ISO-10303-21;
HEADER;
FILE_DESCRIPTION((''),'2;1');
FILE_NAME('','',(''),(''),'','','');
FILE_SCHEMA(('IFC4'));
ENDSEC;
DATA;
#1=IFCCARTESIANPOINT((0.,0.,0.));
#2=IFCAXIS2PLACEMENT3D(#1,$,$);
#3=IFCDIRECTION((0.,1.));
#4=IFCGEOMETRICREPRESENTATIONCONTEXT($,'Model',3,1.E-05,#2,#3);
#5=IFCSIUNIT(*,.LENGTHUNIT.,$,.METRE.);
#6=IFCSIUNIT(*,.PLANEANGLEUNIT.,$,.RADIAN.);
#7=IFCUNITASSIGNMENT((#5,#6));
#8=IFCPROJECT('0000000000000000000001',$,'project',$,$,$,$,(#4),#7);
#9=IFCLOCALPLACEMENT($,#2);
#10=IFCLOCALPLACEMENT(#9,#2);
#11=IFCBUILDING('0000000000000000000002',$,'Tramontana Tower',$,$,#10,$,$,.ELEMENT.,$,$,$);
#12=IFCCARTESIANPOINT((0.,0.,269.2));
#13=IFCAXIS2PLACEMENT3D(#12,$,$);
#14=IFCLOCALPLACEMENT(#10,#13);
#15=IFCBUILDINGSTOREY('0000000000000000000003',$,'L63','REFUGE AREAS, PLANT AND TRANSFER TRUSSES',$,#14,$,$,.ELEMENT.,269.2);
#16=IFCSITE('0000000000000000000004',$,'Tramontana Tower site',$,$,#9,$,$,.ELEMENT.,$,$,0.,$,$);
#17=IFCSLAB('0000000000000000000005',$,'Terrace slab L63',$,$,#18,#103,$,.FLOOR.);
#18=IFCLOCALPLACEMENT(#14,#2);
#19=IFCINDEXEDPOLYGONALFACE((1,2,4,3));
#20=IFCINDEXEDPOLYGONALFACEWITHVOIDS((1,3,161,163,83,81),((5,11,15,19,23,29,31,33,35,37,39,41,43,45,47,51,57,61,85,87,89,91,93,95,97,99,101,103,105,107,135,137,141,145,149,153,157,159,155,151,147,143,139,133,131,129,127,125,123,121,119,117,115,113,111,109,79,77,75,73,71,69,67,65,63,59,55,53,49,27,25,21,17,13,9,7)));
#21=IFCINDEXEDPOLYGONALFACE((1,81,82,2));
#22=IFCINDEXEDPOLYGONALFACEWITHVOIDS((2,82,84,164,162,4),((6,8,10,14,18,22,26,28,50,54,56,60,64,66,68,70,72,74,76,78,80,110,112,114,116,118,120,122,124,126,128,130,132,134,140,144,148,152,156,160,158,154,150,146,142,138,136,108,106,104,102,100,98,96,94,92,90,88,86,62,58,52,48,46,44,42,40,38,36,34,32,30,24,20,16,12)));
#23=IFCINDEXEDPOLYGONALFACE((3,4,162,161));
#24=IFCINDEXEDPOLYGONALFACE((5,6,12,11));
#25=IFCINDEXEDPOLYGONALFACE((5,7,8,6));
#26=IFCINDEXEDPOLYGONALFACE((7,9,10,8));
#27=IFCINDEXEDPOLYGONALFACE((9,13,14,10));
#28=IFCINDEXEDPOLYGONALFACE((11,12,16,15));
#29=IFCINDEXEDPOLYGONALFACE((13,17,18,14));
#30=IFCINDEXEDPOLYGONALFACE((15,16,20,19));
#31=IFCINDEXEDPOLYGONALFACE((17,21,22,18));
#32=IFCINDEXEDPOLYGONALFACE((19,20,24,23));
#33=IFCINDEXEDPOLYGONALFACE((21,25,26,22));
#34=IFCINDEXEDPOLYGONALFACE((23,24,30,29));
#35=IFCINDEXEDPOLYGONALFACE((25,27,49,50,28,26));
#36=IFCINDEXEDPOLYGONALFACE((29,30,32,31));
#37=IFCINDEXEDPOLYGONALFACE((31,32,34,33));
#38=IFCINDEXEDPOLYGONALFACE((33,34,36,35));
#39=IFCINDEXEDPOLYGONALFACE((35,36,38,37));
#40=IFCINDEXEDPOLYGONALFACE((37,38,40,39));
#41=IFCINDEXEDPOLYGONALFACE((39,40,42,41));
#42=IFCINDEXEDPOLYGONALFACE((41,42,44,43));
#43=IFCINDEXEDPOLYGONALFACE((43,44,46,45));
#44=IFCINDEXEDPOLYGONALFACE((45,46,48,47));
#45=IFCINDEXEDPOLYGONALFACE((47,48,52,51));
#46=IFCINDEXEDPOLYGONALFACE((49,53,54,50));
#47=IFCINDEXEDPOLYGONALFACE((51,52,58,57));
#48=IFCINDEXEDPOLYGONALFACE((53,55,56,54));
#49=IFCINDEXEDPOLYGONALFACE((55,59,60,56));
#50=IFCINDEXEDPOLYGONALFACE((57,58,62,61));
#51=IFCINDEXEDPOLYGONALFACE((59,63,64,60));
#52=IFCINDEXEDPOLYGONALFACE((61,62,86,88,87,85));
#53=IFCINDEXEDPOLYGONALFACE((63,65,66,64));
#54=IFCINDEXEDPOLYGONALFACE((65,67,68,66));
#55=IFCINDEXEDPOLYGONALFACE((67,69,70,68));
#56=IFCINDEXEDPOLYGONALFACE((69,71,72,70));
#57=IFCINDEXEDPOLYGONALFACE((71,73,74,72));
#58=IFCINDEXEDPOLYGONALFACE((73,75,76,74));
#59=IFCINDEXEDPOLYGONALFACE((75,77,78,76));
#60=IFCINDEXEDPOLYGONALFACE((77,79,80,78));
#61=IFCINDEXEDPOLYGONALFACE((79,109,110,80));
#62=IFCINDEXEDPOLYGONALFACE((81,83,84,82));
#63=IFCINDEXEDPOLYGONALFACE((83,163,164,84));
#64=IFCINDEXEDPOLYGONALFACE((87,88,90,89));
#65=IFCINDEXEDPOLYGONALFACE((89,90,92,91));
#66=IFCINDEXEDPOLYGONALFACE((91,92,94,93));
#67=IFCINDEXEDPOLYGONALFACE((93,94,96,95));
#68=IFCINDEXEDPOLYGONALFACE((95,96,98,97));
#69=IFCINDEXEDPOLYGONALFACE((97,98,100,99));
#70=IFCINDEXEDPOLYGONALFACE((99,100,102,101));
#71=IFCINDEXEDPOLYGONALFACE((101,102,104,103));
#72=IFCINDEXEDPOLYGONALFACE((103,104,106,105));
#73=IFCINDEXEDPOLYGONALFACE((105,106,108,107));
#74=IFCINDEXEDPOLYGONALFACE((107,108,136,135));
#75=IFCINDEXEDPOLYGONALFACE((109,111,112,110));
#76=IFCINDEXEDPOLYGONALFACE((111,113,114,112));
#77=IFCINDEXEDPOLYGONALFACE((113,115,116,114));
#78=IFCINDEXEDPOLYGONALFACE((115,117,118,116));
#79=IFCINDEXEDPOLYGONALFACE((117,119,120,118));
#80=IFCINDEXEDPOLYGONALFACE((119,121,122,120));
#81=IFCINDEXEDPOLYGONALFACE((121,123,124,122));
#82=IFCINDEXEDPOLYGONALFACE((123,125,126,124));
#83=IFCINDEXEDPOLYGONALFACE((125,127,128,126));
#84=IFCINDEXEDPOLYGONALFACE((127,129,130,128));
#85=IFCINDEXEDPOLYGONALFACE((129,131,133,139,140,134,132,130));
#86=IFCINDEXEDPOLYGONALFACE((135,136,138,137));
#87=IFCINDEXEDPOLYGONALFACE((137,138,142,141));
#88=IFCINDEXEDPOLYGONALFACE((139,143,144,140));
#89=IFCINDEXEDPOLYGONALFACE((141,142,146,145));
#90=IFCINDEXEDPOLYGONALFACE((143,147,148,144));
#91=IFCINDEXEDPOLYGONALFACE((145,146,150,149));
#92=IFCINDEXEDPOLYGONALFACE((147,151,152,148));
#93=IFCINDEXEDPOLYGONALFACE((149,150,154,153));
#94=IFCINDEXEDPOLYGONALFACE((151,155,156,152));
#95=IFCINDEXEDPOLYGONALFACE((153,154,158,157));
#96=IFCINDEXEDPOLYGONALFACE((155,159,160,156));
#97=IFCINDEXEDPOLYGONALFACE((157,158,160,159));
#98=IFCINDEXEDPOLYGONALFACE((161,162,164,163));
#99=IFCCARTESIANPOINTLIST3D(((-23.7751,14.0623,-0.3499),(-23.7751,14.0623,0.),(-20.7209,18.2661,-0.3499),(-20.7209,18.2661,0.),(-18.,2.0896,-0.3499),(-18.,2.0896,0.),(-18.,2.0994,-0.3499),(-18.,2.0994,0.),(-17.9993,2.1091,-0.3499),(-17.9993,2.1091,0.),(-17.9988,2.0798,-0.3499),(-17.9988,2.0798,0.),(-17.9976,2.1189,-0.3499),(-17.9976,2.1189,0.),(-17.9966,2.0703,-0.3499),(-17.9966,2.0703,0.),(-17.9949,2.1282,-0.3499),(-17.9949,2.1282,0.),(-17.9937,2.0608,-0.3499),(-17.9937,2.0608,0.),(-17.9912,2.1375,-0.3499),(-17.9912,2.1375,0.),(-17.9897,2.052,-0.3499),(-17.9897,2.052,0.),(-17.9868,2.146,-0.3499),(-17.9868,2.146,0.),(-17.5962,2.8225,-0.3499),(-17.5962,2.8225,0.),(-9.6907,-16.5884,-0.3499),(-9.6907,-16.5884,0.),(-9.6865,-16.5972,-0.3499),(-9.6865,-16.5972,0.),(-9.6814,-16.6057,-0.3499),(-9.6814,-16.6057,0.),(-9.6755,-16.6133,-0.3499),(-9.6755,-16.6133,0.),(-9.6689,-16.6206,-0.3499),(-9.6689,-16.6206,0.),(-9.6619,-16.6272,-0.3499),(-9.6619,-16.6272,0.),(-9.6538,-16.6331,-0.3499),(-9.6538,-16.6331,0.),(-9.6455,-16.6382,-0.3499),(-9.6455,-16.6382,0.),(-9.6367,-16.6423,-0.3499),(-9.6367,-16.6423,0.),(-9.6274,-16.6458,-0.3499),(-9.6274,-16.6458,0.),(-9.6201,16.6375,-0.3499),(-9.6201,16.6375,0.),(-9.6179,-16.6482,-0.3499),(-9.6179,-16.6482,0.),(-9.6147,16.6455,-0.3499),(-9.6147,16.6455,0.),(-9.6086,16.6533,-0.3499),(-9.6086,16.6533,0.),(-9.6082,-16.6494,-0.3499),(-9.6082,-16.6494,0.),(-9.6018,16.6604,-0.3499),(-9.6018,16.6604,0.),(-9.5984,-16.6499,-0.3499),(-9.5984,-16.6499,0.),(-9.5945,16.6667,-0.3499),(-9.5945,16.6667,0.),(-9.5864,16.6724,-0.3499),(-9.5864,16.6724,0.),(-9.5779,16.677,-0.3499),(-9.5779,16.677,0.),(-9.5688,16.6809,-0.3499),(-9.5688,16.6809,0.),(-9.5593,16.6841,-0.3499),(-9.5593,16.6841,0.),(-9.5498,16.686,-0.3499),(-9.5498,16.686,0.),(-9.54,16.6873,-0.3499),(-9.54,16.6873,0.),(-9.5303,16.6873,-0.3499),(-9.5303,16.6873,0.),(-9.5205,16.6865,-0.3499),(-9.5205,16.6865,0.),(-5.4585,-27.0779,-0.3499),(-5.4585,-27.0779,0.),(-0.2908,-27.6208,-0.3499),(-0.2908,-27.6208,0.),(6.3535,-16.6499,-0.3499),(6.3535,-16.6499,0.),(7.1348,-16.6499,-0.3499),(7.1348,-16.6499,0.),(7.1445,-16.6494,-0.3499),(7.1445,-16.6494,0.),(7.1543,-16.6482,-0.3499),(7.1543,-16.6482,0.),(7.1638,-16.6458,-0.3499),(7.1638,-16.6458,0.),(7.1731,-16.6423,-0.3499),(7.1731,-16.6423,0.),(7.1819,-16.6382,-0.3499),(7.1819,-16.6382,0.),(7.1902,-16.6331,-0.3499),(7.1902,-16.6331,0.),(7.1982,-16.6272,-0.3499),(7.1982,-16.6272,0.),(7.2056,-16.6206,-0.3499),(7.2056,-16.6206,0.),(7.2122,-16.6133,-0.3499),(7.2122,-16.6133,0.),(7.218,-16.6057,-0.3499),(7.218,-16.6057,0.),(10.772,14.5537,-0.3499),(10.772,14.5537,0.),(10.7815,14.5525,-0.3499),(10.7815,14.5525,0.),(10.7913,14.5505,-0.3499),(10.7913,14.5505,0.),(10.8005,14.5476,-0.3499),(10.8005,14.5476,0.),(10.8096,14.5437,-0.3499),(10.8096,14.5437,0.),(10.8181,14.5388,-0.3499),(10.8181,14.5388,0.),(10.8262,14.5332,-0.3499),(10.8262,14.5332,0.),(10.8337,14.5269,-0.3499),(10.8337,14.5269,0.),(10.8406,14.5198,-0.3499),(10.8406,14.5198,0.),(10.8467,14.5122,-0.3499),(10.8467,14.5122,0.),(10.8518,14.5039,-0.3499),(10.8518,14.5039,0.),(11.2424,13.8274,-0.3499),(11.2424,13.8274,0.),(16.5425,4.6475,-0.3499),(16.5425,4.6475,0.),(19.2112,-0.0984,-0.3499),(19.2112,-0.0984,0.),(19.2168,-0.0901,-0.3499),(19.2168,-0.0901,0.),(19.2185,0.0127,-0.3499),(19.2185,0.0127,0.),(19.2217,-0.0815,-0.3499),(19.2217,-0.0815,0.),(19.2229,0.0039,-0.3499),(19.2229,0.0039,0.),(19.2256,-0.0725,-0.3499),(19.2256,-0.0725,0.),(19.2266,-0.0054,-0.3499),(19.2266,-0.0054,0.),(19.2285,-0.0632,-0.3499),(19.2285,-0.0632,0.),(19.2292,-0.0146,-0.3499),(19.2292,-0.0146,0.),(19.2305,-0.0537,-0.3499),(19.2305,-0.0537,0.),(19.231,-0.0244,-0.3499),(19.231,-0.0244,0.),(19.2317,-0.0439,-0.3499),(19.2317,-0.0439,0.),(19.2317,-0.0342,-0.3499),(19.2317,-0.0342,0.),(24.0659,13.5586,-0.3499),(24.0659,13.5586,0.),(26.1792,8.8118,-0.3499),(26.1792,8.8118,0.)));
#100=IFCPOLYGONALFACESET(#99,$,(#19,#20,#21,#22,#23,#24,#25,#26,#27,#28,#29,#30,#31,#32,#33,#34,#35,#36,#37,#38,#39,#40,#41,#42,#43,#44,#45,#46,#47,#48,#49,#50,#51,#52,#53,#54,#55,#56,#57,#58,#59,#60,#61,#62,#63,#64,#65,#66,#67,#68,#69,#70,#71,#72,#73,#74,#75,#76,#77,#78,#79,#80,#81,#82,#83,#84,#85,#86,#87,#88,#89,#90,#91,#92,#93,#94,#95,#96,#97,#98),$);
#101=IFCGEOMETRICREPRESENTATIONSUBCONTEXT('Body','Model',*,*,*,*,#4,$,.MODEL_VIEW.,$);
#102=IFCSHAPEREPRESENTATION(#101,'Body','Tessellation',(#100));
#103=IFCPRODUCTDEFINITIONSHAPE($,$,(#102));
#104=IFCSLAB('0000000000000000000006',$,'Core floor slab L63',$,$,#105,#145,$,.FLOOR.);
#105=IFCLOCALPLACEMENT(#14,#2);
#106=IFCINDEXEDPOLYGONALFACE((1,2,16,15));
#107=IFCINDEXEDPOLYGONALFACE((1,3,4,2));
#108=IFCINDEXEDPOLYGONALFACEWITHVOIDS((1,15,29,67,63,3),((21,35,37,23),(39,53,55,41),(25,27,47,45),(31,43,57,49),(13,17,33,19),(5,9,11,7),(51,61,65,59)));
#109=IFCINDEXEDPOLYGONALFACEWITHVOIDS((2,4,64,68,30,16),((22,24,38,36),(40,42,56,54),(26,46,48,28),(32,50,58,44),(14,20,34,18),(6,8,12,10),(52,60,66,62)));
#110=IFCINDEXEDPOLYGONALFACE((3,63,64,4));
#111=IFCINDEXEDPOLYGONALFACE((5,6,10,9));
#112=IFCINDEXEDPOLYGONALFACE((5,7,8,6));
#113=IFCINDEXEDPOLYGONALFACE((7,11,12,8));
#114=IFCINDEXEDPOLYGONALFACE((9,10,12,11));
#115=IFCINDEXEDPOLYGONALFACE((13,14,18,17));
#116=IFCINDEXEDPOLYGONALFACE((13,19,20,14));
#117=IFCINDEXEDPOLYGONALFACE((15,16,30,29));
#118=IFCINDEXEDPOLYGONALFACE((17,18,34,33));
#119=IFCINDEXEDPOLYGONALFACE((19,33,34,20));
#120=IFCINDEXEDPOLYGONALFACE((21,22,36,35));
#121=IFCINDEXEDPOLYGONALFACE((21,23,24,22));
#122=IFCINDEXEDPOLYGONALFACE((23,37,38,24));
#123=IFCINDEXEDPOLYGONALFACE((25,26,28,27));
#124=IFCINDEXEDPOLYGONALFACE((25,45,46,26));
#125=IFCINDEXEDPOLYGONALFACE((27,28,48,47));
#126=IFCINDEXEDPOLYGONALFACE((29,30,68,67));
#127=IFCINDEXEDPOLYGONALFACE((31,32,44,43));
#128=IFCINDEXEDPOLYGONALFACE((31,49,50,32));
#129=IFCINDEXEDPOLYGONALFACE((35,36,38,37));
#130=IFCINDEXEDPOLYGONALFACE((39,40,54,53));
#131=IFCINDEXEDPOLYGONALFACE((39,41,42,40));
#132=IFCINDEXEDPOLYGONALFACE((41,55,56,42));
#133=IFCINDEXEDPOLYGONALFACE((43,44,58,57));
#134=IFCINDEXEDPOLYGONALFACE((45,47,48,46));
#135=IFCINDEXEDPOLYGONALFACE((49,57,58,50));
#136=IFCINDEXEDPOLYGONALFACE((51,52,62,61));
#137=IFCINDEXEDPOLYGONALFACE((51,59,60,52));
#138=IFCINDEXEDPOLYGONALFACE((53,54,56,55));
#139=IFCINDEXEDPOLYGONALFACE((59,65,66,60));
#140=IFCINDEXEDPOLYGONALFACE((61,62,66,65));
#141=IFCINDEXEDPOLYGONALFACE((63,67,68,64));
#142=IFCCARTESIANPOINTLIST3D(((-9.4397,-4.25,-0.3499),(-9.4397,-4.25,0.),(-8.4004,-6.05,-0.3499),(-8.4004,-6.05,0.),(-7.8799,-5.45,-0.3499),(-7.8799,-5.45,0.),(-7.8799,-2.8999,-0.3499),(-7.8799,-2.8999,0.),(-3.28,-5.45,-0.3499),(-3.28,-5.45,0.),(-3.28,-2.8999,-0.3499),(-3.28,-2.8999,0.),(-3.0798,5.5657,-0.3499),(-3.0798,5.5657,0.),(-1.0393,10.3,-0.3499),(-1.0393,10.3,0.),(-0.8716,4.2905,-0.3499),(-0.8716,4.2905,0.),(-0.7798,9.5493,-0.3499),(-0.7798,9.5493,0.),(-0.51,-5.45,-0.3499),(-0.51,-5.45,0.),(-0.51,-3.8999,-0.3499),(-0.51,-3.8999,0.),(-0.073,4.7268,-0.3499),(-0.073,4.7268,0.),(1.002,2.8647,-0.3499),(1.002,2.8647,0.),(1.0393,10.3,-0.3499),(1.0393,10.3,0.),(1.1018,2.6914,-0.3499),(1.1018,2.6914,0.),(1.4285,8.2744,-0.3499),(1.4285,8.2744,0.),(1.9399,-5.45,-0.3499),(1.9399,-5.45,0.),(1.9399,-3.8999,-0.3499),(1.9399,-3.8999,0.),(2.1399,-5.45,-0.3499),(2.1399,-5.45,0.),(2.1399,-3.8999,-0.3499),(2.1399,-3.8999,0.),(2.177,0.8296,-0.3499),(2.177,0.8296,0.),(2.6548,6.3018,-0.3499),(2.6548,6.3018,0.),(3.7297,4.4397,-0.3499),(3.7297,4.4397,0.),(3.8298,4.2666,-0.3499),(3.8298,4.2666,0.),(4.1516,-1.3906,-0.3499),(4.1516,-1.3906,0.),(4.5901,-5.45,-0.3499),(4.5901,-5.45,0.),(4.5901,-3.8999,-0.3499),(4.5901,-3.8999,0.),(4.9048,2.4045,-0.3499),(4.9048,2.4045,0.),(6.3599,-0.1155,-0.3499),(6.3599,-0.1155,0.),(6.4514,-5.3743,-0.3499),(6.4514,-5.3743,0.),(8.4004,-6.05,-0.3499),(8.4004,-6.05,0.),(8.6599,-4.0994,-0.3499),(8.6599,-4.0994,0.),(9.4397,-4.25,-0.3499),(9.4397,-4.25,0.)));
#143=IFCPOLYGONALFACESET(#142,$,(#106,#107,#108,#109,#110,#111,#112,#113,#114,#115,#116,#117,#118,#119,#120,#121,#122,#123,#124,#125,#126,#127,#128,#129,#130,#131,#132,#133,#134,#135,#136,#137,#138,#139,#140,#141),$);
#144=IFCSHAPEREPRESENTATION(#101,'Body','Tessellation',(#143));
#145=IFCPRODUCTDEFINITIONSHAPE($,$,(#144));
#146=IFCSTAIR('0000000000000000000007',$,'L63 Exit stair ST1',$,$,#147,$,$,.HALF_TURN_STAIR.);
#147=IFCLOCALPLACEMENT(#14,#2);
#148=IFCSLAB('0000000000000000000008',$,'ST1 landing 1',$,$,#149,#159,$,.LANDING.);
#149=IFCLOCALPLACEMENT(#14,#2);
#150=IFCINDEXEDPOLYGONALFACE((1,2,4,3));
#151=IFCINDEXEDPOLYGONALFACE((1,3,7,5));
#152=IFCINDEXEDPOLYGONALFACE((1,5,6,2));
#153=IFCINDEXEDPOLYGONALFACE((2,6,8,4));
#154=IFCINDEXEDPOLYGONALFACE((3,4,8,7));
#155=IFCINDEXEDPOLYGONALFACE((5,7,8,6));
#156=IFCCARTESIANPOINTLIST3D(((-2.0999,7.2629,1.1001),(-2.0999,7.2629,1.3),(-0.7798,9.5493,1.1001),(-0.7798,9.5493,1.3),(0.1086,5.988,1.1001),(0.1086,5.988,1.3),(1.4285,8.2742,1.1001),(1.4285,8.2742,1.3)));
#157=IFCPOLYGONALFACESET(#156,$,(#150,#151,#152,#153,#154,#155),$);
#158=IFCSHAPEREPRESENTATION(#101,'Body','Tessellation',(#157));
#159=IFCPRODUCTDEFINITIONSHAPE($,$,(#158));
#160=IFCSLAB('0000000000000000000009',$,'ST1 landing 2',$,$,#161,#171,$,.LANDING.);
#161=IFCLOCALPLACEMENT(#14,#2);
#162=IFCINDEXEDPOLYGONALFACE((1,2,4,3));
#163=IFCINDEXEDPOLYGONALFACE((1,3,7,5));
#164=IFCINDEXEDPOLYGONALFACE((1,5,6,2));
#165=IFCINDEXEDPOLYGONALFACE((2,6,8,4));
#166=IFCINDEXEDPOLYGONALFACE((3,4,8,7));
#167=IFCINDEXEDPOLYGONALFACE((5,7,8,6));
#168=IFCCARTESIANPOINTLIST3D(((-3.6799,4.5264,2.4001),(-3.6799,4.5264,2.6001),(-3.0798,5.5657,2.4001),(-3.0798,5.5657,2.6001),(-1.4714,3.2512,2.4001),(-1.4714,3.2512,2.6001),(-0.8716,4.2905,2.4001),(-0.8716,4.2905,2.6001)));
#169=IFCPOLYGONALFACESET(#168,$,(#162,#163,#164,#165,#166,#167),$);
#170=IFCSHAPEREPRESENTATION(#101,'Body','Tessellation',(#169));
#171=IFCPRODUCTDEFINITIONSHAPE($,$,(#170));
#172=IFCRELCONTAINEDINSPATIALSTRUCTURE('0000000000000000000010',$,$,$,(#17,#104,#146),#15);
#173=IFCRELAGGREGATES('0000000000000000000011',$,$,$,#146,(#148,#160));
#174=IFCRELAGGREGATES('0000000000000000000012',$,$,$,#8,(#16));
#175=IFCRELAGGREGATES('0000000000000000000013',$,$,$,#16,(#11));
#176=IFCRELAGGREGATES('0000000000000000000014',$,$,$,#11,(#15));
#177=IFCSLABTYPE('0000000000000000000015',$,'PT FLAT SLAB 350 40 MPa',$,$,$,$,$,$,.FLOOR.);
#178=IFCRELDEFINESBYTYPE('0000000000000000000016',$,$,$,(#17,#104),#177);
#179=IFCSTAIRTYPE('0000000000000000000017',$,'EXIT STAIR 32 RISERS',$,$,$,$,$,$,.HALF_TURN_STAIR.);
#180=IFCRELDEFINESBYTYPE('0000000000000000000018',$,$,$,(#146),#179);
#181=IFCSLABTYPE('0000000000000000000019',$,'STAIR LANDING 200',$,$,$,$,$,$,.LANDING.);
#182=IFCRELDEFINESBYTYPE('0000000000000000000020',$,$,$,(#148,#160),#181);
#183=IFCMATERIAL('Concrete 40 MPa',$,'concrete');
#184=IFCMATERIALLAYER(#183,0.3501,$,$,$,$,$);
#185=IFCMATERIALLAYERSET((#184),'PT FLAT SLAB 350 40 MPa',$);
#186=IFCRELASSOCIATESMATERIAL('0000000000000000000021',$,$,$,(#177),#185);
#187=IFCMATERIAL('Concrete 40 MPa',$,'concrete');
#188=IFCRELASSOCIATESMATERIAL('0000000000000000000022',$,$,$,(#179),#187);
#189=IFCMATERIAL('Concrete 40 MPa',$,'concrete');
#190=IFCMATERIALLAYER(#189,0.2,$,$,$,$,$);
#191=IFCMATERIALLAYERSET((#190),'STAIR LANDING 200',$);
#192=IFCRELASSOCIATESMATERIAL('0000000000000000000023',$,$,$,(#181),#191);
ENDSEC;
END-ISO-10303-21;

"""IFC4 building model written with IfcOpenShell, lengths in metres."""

from ifc_helpers import new_model, si_unit, direction, frame, origin, place, context, subcontext, project, spatial, polyline, outline, extrude, material, layer, layer_set, type_object, element, aggregate, save


model = new_model("IFC4")

# Units and contexts
model_context = context("Model", 3, precision=1e-05, world=origin(), true_north=direction((0.0, 1.0)))
body_context = subcontext(model_context, "Body", "Model", "MODEL_VIEW")
ifc_project = project(units=[si_unit("LENGTHUNIT", "METRE"), si_unit("PLANEANGLEUNIT", "RADIAN")], contexts=[model_context])

# Site, building, storey
site_placement = place(None, origin())
site = spatial("IfcSite", under=ifc_project, at=site_placement, Name="Tramontana Tower site", CompositionType="ELEMENT", RefElevation=0.0)
building_placement = place(site_placement, origin())
building = spatial("IfcBuilding", under=site, at=building_placement, Name="Tramontana Tower", CompositionType="ELEMENT")
storey_placement = place(building_placement, frame((0.0, 0.0, 269.2)))
storey = spatial("IfcBuildingStorey", under=building, at=storey_placement, Name="L63", Description="REFUGE AREAS, PLANT AND TRANSFER TRUSSES", CompositionType="ELEMENT", Elevation=269.2)

# Slabs
ifc_material_1 = material(Name="Concrete 40 MPa", Category="concrete")
ifc_layer_1 = layer(ifc_material_1, 0.3501)
ifc_layer_set_1 = layer_set([ifc_layer_1], Name="PT FLAT SLAB 350 40 MPa")
slab_type_1 = type_object("IfcSlabType", Name="PT FLAT SLAB 350 40 MPa", PredefinedType="FLOOR", material=ifc_layer_set_1)
slab_1_placement = place(storey_placement, frame((0.0, 0.0, -0.3499)))
element("IfcSlab", 1, at=slab_1_placement, inside=storey, type_object=slab_type_1, Name="Terrace slab L63", PredefinedType="FLOOR", context=body_context, shape_type="SweptSolid", body=[
    extrude(outline(polyline([(-0.2908, -27.6208), (-5.4585, -27.0779), (-23.7751, 14.0623), (-20.7209, 18.2661), (24.0659, 13.5586), (26.1792, 8.8118), (-0.2908, -27.6208)]), holes=[polyline([(7.1348, -16.6499), (7.1445, -16.6494), (7.1543, -16.6482), (7.1638, -16.6458), (7.1731, -16.6423), (7.1819, -16.6382), (7.1902, -16.6331), (7.1982, -16.6272), (7.2056, -16.6206), (7.2122, -16.6133), (7.218, -16.6057), (19.2112, -0.0984), (19.2168, -0.0901), (19.2217, -0.0815), (19.2256, -0.0725), (19.2285, -0.0632), (19.2305, -0.0537), (19.2317, -0.0439), (19.2317, -0.0342), (19.231, -0.0244), (19.2292, -0.0146), (19.2266, -0.0054), (19.2229, 0.0039), (19.2185, 0.0127), (16.5425, 4.6475), (11.2424, 13.8274), (10.8518, 14.5039), (10.8467, 14.5122), (10.8406, 14.5198), (10.8337, 14.5269), (10.8262, 14.5332), (10.8181, 14.5388), (10.8096, 14.5437), (10.8005, 14.5476), (10.7913, 14.5505), (10.7815, 14.5525), (10.772, 14.5537), (-9.5205, 16.6865), (-9.5303, 16.6873), (-9.54, 16.6873), (-9.5498, 16.686), (-9.5593, 16.6841), (-9.5688, 16.6809), (-9.5779, 16.677), (-9.5864, 16.6724), (-9.5945, 16.6667), (-9.6018, 16.6604), (-9.6086, 16.6533), (-9.6147, 16.6455), (-9.6201, 16.6375), (-17.5962, 2.8225), (-17.9868, 2.146), (-17.9912, 2.1375), (-17.9949, 2.1282), (-17.9976, 2.1189), (-17.9993, 2.1091), (-18.0, 2.0994), (-18.0, 2.0896), (-17.9988, 2.0798), (-17.9966, 2.0703), (-17.9937, 2.0608), (-17.9897, 2.052), (-9.6907, -16.5884), (-9.6865, -16.5972), (-9.6814, -16.6057), (-9.6755, -16.6133), (-9.6689, -16.6206), (-9.6619, -16.6272), (-9.6538, -16.6331), (-9.6455, -16.6382), (-9.6367, -16.6423), (-9.6274, -16.6458), (-9.6179, -16.6482), (-9.6082, -16.6494), (-9.5984, -16.6499), (6.3535, -16.6499), (7.1348, -16.6499)])]), origin(), (0.0, 0.0, 1.0), 0.3499),
])
slab_2_placement = place(storey_placement, frame((0.0, 0.0, -0.3499)))
element("IfcSlab", 2, at=slab_2_placement, inside=storey, type_object=slab_type_1, Name="Core floor slab L63", PredefinedType="FLOOR", context=body_context, shape_type="SweptSolid", body=[
    extrude(outline(polyline([(9.4397, -4.25), (8.4004, -6.05), (-8.4004, -6.05), (-9.4397, -4.25), (-1.0393, 10.3), (1.0393, 10.3), (9.4397, -4.25)]), holes=[polyline([(8.6599, -4.0994), (6.3599, -0.1155), (4.1516, -1.3906), (6.4514, -5.3743), (8.6599, -4.0994)]), polyline([(3.8298, 4.2666), (1.1018, 2.6914), (2.177, 0.8296), (4.9048, 2.4045), (3.8298, 4.2666)]), polyline([(4.5901, -3.8999), (2.1399, -3.8999), (2.1399, -5.45), (4.5901, -5.45), (4.5901, -3.8999)]), polyline([(2.6548, 6.3018), (-0.073, 4.7268), (1.002, 2.8647), (3.7297, 4.4397), (2.6548, 6.3018)]), polyline([(1.9399, -5.45), (1.9399, -3.8999), (-0.51, -3.8999), (-0.51, -5.45), (1.9399, -5.45)]), polyline([(-0.7798, 9.5493), (-3.0798, 5.5657), (-0.8716, 4.2905), (1.4285, 8.2744), (-0.7798, 9.5493)]), polyline([(-7.8799, -5.45), (-3.28, -5.45), (-3.28, -2.8999), (-7.8799, -2.8999), (-7.8799, -5.45)])]), origin(), (0.0, 0.0, 1.0), 0.3499),
])

# Stair, slabs
ifc_material_2 = material(Name="Concrete 40 MPa", Category="concrete")
stair_type = type_object("IfcStairType", Name="EXIT STAIR 32 RISERS", PredefinedType="HALF_TURN_STAIR", material=ifc_material_2)
stair_1_placement = place(storey_placement, origin())
stair_1 = element("IfcStair", 3, at=stair_1_placement, inside=storey, type_object=stair_type, Name="L63 Exit stair ST1", PredefinedType="HALF_TURN_STAIR")
ifc_material_3 = material(Name="Concrete 40 MPa", Category="concrete")
ifc_layer_2 = layer(ifc_material_3, 0.2)
ifc_layer_set_2 = layer_set([ifc_layer_2], Name="STAIR LANDING 200")
slab_type_2 = type_object("IfcSlabType", Name="STAIR LANDING 200", PredefinedType="LANDING", material=ifc_layer_set_2)
slab_3_placement = place(storey_placement, frame((0.0, 0.0, 1.1001)))
slab_3 = element("IfcSlab", 4, at=slab_3_placement, type_object=slab_type_2, Name="ST1 landing 1", PredefinedType="LANDING", context=body_context, shape_type="SweptSolid", body=[
    extrude(outline(polyline([(0.1086, 5.988), (1.4285, 8.2742), (-0.7798, 9.5493), (-2.0999, 7.2629), (0.1086, 5.988)])), origin(), (0.0, 0.0, 1.0), 0.2),
])
slab_4_placement = place(storey_placement, frame((0.0, 0.0, 2.4001)))
slab_4 = element("IfcSlab", 5, at=slab_4_placement, type_object=slab_type_2, Name="ST1 landing 2", PredefinedType="LANDING", context=body_context, shape_type="SweptSolid", body=[
    extrude(outline(polyline([(-1.4714, 3.2512), (-0.8716, 4.2905), (-3.0798, 5.5657), (-3.6799, 4.5264), (-1.4714, 3.2512)])), origin(), (0.0, 0.0, 1.0), 0.2),
])
aggregate(stair_1, [slab_3, slab_4])

save(model, "model.ifc")
